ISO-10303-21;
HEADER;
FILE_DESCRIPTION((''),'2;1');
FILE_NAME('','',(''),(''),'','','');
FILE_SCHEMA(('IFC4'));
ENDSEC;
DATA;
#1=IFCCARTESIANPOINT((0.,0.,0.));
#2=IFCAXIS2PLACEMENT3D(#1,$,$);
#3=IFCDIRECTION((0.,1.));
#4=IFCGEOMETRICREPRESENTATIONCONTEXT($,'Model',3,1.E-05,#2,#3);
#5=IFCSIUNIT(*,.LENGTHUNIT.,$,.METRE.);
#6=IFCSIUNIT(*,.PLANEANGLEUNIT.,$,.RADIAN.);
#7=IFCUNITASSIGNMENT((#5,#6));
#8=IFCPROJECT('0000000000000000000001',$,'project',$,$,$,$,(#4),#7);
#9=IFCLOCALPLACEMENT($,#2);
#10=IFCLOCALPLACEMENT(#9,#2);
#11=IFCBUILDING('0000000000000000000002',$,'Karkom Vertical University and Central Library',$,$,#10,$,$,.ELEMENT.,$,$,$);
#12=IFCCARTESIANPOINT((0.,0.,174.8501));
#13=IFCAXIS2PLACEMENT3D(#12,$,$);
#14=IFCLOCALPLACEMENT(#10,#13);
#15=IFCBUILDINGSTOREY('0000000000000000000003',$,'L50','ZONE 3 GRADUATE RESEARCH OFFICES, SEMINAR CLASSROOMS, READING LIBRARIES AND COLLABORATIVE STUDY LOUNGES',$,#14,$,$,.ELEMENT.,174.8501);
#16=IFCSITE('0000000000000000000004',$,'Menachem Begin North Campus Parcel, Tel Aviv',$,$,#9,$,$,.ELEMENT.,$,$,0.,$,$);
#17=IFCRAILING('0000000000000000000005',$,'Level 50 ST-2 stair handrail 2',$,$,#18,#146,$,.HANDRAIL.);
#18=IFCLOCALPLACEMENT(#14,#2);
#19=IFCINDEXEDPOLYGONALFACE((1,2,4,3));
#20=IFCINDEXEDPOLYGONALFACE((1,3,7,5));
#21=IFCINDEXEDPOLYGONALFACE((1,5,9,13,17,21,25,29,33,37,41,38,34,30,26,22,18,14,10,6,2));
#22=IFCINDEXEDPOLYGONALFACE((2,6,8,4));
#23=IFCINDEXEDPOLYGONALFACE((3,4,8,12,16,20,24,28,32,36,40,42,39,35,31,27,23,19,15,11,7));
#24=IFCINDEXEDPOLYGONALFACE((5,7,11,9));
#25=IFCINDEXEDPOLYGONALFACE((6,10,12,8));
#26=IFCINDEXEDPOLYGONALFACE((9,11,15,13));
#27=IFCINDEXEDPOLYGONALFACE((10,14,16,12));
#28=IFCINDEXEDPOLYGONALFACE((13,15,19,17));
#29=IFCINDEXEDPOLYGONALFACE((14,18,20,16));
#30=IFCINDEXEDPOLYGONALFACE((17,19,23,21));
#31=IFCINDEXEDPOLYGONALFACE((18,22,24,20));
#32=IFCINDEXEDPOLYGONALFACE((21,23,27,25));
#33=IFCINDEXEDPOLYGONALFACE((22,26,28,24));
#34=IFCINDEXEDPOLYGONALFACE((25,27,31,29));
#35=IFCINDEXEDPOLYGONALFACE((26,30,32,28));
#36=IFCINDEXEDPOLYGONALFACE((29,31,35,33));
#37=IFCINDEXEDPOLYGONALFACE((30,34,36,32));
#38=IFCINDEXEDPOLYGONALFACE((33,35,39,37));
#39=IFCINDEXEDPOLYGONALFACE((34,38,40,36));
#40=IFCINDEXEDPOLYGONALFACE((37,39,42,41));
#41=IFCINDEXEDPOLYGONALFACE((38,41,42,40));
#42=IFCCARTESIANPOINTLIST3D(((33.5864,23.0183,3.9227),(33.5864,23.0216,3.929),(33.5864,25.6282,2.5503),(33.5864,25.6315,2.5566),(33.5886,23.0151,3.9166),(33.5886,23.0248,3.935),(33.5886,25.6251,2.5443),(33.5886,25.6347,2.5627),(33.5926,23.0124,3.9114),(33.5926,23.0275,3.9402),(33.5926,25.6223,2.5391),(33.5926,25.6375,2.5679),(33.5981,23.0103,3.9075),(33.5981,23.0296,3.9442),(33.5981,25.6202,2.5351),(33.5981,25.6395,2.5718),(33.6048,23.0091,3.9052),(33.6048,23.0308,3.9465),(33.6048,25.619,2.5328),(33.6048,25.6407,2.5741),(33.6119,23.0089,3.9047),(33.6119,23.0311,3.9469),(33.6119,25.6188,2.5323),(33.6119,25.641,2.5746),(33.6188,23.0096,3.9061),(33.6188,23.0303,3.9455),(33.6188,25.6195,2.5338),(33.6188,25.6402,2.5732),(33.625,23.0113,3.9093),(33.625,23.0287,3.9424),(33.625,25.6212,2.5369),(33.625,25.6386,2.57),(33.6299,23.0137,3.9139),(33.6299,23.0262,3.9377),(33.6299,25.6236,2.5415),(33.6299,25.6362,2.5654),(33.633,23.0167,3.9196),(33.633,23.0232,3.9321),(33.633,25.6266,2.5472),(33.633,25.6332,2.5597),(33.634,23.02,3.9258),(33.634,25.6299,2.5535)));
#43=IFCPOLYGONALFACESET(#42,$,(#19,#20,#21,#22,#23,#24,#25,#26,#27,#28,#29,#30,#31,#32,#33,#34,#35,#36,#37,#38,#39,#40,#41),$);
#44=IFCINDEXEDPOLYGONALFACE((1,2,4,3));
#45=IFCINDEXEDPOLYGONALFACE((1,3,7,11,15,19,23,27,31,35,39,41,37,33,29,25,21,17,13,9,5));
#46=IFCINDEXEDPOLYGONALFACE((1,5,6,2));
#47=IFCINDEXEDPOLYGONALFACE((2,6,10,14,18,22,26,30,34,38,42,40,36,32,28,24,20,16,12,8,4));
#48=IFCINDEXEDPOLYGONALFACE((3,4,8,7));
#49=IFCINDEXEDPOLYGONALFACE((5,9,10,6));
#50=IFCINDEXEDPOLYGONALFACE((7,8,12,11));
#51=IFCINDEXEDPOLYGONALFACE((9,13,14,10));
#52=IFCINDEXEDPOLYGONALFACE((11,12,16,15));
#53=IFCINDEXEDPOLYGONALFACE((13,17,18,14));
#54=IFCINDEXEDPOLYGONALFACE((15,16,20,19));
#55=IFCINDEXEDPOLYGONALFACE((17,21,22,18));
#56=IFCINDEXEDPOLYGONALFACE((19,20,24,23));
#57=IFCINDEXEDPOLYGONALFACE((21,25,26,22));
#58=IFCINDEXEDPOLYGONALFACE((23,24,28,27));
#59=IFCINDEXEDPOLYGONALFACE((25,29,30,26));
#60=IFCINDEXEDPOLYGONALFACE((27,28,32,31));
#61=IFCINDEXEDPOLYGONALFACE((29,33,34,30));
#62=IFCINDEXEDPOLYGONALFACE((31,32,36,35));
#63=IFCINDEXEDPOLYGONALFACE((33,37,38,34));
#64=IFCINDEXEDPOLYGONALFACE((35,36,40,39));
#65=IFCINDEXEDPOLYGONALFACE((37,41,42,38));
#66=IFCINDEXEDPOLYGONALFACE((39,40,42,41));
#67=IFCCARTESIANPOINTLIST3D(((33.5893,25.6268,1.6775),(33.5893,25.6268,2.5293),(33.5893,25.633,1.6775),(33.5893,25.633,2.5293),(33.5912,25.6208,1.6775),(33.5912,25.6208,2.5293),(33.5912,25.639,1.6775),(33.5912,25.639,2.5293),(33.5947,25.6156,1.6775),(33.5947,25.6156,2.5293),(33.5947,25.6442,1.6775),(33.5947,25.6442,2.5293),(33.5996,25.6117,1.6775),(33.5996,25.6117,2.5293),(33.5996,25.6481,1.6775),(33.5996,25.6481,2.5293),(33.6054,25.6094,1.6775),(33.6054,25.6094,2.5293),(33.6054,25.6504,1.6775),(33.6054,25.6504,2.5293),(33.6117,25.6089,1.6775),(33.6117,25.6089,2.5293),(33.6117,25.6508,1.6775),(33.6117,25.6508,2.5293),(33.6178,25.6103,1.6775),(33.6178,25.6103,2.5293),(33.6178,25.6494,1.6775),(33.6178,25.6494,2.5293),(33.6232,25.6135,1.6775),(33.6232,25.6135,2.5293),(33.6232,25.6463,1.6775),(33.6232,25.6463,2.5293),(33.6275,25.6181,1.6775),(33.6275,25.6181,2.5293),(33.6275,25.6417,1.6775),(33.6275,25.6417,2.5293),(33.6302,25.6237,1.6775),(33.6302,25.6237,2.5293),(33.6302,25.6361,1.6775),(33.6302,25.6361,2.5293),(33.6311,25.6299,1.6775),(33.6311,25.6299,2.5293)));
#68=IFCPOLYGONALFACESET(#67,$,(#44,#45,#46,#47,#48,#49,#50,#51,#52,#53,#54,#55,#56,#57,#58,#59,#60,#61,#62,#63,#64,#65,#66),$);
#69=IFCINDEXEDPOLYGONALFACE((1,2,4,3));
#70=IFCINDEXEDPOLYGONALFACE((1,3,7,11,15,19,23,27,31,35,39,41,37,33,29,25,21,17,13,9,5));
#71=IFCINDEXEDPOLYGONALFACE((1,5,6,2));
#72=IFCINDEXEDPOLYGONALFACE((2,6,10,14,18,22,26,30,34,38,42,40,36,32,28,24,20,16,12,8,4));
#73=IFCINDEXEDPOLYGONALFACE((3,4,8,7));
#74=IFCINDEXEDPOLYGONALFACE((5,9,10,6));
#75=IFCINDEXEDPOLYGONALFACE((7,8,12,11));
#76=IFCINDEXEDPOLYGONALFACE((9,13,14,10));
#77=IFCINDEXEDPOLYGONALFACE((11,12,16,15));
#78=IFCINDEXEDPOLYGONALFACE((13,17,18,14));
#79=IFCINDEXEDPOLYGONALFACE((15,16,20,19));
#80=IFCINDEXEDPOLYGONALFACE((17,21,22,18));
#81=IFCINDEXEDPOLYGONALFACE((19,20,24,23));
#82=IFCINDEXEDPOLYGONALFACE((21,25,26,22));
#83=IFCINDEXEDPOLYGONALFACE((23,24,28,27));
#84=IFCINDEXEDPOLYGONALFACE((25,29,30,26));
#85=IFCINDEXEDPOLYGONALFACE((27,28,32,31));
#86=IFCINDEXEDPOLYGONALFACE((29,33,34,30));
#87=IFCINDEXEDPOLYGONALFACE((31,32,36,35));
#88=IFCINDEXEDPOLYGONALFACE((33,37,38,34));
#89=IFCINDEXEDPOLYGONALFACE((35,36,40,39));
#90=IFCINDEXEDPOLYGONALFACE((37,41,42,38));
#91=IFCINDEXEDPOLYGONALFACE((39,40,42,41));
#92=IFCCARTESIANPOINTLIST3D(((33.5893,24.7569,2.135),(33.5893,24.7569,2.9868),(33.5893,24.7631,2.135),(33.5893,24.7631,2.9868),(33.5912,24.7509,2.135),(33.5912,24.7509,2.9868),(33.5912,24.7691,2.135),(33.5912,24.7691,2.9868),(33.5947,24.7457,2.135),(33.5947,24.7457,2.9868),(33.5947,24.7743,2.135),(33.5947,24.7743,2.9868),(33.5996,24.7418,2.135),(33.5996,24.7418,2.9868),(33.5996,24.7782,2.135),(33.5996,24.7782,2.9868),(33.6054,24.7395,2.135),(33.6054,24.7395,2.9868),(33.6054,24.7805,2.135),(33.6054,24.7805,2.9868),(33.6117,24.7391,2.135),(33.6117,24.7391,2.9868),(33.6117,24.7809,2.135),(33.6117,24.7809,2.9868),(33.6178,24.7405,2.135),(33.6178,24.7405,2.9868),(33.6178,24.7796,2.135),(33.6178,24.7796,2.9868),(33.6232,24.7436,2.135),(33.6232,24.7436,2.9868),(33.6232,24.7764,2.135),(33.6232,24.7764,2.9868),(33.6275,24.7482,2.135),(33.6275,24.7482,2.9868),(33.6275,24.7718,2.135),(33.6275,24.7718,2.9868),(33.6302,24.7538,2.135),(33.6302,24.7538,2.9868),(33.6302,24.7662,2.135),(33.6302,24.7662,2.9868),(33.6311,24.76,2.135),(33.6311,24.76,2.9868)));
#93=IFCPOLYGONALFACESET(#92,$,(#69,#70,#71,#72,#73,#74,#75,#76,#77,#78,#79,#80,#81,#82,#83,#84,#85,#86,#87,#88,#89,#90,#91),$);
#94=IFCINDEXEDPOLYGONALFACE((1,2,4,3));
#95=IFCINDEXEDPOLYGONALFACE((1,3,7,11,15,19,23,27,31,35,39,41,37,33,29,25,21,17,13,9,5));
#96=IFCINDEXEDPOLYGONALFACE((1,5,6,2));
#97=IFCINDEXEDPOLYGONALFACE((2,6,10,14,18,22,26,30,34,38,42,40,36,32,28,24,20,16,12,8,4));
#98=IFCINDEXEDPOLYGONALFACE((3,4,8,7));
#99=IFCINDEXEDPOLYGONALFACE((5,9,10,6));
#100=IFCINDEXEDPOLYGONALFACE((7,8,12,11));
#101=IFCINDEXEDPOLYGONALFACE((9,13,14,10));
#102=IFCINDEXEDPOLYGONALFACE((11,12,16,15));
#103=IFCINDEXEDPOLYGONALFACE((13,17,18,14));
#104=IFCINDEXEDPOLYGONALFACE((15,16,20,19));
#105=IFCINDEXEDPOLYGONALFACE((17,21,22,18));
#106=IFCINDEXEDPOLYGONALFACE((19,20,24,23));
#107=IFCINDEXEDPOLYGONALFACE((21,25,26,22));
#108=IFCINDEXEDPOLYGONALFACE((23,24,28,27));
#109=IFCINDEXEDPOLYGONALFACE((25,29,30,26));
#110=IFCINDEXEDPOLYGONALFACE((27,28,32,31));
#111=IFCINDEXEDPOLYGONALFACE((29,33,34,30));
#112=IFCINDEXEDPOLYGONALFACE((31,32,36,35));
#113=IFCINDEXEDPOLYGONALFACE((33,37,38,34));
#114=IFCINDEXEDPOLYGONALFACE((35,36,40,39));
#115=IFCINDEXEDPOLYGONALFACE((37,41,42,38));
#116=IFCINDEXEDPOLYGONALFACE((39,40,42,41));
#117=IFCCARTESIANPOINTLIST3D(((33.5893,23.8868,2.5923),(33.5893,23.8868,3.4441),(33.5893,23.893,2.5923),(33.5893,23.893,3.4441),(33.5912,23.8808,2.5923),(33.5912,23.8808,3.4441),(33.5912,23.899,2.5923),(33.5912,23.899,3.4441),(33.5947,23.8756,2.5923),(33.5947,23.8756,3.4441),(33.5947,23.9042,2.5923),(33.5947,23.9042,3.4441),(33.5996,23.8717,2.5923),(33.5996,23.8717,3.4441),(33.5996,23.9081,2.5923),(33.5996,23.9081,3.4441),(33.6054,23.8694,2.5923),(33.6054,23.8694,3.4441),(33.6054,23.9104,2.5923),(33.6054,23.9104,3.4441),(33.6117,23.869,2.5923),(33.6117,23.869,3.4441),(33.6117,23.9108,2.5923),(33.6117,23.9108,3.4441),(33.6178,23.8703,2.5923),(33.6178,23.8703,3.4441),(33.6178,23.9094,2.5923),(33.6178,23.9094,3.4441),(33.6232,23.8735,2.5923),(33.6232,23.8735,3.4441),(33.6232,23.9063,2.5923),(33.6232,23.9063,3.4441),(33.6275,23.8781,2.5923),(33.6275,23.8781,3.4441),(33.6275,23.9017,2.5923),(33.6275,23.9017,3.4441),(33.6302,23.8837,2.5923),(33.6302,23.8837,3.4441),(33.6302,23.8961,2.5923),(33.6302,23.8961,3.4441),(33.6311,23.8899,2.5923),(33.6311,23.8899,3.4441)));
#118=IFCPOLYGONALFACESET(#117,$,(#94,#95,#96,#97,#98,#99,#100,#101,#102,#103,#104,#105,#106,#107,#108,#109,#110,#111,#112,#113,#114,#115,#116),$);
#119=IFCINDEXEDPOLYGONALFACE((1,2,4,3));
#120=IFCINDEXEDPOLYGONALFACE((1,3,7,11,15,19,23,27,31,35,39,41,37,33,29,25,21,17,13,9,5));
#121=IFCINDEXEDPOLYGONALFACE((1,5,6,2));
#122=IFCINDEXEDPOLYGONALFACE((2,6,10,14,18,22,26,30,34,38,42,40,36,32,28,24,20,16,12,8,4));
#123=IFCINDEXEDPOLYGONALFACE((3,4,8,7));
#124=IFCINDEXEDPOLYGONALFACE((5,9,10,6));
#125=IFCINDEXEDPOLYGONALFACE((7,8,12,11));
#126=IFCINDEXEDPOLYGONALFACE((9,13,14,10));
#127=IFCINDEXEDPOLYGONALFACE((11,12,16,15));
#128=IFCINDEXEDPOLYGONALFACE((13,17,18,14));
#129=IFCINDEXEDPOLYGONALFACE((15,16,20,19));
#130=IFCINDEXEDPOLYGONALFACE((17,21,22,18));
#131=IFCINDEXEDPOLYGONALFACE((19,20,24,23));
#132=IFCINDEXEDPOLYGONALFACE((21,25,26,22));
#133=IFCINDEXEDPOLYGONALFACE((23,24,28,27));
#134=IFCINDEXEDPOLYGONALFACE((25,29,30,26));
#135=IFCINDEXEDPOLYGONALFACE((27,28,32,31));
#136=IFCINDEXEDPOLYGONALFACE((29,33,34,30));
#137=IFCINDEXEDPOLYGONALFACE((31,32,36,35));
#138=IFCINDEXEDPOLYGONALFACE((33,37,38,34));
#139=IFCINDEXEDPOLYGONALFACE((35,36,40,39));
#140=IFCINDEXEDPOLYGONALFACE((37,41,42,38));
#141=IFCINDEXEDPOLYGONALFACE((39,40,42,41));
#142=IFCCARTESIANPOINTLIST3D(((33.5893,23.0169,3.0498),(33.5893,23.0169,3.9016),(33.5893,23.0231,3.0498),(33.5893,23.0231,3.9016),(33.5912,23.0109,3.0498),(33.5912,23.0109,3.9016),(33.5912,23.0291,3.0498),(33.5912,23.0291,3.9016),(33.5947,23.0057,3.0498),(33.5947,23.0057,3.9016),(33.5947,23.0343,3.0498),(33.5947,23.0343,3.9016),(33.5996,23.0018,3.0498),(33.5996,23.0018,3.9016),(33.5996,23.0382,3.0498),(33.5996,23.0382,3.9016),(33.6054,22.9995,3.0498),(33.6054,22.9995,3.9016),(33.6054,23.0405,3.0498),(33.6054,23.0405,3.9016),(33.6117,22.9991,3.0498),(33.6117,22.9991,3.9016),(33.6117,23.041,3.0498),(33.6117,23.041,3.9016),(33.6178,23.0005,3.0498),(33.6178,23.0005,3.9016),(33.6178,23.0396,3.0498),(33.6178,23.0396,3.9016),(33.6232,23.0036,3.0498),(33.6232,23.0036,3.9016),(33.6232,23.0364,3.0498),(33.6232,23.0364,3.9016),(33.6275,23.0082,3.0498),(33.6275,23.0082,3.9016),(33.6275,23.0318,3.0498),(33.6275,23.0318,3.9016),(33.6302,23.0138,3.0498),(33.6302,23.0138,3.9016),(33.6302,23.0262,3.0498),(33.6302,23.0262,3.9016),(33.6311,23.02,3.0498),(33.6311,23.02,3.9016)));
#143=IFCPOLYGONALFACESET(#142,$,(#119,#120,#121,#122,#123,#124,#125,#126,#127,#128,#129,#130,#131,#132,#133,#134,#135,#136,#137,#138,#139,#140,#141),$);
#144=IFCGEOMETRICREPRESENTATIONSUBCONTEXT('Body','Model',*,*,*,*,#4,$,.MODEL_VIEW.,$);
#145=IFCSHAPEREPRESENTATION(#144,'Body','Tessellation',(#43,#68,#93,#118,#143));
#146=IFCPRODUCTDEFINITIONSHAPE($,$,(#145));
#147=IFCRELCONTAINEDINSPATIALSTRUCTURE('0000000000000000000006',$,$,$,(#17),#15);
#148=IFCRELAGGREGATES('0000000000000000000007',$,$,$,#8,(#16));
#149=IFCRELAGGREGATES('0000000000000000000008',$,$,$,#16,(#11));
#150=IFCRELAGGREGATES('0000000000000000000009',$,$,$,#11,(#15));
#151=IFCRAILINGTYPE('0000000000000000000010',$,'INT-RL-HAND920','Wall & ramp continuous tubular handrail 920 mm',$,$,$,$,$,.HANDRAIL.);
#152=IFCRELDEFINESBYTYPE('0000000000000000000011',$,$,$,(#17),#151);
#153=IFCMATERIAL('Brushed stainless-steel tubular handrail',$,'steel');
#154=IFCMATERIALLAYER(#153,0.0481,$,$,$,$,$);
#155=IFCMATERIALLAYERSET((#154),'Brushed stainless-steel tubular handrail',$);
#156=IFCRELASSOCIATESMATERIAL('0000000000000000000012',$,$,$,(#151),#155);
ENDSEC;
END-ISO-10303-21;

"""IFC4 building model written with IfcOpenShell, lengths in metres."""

from ifc_helpers import new_model, si_unit, direction, frame, origin, origin_2d, place, context, subcontext, project, spatial, circle, extrude, material, layer, layer_set, type_object, element, save


model = new_model("IFC4")

# Units and contexts
model_context = context("Model", 3, precision=1e-05, world=origin(), true_north=direction((0.0, 1.0)))
body_context = subcontext(model_context, "Body", "Model", "MODEL_VIEW")
ifc_project = project(units=[si_unit("LENGTHUNIT", "METRE"), si_unit("PLANEANGLEUNIT", "RADIAN")], contexts=[model_context])

# Site, building, storey
site_placement = place(None, origin())
site = spatial("IfcSite", under=ifc_project, at=site_placement, Name="Menachem Begin North Campus Parcel, Tel Aviv", CompositionType="ELEMENT", RefElevation=0.0)
building_placement = place(site_placement, origin())
building = spatial("IfcBuilding", under=site, at=building_placement, Name="Karkom Vertical University and Central Library", CompositionType="ELEMENT")
storey_placement = place(building_placement, frame((0.0, 0.0, 174.8501)))
storey = spatial("IfcBuildingStorey", under=building, at=storey_placement, Name="L50", Description="ZONE 3 GRADUATE RESEARCH OFFICES, SEMINAR CLASSROOMS, READING LIBRARIES AND COLLABORATIVE STUDY LOUNGES", CompositionType="ELEMENT", Elevation=174.8501)

# Railing
ifc_material_1 = material(Name="Brushed stainless-steel tubular handrail", Category="steel")
ifc_layer_1 = layer(ifc_material_1, 0.0481)
ifc_layer_set_1 = layer_set([ifc_layer_1], Name="Brushed stainless-steel tubular handrail")
railing_type_1 = type_object("IfcRailingType", Name="INT-RL-HAND920", Description="Wall & ramp continuous tubular handrail 920 mm", PredefinedType="HANDRAIL", material=ifc_layer_set_1)
railing_1_placement = place(storey_placement, frame((33.6101, 25.6299, 1.6775)))
element("IfcRailing", 1, at=railing_1_placement, inside=storey, type_object=railing_type_1, Name="Level 50 ST-2 stair handrail 2", PredefinedType="HANDRAIL", context=body_context, shape_type="SweptSolid", body=[
    extrude(circle(Radius=0.0239, at=origin_2d()), frame((0.0, 0.0, 0.876), z_axis=(0.0, -0.8851, 0.465402), x_axis=(1.0, 0.0, 0.0)), (0.0, 0.0, 1.0), 2.9487),
    extrude(circle(Radius=0.021, at=origin_2d()), origin(), (0.0, 0.0, 1.0), 0.8518),
    extrude(circle(Radius=0.021, at=origin_2d()), frame((0.0, -0.8699, 0.4575)), (0.0, 0.0, 1.0), 0.8518),
    extrude(circle(Radius=0.021, at=origin_2d()), frame((0.0, -1.74, 0.9148)), (0.0, 0.0, 1.0), 0.8518),
    extrude(circle(Radius=0.021, at=origin_2d()), frame((0.0, -2.6099, 1.3723)), (0.0, 0.0, 1.0), 0.8518),
])

save(model, "model.ifc")
